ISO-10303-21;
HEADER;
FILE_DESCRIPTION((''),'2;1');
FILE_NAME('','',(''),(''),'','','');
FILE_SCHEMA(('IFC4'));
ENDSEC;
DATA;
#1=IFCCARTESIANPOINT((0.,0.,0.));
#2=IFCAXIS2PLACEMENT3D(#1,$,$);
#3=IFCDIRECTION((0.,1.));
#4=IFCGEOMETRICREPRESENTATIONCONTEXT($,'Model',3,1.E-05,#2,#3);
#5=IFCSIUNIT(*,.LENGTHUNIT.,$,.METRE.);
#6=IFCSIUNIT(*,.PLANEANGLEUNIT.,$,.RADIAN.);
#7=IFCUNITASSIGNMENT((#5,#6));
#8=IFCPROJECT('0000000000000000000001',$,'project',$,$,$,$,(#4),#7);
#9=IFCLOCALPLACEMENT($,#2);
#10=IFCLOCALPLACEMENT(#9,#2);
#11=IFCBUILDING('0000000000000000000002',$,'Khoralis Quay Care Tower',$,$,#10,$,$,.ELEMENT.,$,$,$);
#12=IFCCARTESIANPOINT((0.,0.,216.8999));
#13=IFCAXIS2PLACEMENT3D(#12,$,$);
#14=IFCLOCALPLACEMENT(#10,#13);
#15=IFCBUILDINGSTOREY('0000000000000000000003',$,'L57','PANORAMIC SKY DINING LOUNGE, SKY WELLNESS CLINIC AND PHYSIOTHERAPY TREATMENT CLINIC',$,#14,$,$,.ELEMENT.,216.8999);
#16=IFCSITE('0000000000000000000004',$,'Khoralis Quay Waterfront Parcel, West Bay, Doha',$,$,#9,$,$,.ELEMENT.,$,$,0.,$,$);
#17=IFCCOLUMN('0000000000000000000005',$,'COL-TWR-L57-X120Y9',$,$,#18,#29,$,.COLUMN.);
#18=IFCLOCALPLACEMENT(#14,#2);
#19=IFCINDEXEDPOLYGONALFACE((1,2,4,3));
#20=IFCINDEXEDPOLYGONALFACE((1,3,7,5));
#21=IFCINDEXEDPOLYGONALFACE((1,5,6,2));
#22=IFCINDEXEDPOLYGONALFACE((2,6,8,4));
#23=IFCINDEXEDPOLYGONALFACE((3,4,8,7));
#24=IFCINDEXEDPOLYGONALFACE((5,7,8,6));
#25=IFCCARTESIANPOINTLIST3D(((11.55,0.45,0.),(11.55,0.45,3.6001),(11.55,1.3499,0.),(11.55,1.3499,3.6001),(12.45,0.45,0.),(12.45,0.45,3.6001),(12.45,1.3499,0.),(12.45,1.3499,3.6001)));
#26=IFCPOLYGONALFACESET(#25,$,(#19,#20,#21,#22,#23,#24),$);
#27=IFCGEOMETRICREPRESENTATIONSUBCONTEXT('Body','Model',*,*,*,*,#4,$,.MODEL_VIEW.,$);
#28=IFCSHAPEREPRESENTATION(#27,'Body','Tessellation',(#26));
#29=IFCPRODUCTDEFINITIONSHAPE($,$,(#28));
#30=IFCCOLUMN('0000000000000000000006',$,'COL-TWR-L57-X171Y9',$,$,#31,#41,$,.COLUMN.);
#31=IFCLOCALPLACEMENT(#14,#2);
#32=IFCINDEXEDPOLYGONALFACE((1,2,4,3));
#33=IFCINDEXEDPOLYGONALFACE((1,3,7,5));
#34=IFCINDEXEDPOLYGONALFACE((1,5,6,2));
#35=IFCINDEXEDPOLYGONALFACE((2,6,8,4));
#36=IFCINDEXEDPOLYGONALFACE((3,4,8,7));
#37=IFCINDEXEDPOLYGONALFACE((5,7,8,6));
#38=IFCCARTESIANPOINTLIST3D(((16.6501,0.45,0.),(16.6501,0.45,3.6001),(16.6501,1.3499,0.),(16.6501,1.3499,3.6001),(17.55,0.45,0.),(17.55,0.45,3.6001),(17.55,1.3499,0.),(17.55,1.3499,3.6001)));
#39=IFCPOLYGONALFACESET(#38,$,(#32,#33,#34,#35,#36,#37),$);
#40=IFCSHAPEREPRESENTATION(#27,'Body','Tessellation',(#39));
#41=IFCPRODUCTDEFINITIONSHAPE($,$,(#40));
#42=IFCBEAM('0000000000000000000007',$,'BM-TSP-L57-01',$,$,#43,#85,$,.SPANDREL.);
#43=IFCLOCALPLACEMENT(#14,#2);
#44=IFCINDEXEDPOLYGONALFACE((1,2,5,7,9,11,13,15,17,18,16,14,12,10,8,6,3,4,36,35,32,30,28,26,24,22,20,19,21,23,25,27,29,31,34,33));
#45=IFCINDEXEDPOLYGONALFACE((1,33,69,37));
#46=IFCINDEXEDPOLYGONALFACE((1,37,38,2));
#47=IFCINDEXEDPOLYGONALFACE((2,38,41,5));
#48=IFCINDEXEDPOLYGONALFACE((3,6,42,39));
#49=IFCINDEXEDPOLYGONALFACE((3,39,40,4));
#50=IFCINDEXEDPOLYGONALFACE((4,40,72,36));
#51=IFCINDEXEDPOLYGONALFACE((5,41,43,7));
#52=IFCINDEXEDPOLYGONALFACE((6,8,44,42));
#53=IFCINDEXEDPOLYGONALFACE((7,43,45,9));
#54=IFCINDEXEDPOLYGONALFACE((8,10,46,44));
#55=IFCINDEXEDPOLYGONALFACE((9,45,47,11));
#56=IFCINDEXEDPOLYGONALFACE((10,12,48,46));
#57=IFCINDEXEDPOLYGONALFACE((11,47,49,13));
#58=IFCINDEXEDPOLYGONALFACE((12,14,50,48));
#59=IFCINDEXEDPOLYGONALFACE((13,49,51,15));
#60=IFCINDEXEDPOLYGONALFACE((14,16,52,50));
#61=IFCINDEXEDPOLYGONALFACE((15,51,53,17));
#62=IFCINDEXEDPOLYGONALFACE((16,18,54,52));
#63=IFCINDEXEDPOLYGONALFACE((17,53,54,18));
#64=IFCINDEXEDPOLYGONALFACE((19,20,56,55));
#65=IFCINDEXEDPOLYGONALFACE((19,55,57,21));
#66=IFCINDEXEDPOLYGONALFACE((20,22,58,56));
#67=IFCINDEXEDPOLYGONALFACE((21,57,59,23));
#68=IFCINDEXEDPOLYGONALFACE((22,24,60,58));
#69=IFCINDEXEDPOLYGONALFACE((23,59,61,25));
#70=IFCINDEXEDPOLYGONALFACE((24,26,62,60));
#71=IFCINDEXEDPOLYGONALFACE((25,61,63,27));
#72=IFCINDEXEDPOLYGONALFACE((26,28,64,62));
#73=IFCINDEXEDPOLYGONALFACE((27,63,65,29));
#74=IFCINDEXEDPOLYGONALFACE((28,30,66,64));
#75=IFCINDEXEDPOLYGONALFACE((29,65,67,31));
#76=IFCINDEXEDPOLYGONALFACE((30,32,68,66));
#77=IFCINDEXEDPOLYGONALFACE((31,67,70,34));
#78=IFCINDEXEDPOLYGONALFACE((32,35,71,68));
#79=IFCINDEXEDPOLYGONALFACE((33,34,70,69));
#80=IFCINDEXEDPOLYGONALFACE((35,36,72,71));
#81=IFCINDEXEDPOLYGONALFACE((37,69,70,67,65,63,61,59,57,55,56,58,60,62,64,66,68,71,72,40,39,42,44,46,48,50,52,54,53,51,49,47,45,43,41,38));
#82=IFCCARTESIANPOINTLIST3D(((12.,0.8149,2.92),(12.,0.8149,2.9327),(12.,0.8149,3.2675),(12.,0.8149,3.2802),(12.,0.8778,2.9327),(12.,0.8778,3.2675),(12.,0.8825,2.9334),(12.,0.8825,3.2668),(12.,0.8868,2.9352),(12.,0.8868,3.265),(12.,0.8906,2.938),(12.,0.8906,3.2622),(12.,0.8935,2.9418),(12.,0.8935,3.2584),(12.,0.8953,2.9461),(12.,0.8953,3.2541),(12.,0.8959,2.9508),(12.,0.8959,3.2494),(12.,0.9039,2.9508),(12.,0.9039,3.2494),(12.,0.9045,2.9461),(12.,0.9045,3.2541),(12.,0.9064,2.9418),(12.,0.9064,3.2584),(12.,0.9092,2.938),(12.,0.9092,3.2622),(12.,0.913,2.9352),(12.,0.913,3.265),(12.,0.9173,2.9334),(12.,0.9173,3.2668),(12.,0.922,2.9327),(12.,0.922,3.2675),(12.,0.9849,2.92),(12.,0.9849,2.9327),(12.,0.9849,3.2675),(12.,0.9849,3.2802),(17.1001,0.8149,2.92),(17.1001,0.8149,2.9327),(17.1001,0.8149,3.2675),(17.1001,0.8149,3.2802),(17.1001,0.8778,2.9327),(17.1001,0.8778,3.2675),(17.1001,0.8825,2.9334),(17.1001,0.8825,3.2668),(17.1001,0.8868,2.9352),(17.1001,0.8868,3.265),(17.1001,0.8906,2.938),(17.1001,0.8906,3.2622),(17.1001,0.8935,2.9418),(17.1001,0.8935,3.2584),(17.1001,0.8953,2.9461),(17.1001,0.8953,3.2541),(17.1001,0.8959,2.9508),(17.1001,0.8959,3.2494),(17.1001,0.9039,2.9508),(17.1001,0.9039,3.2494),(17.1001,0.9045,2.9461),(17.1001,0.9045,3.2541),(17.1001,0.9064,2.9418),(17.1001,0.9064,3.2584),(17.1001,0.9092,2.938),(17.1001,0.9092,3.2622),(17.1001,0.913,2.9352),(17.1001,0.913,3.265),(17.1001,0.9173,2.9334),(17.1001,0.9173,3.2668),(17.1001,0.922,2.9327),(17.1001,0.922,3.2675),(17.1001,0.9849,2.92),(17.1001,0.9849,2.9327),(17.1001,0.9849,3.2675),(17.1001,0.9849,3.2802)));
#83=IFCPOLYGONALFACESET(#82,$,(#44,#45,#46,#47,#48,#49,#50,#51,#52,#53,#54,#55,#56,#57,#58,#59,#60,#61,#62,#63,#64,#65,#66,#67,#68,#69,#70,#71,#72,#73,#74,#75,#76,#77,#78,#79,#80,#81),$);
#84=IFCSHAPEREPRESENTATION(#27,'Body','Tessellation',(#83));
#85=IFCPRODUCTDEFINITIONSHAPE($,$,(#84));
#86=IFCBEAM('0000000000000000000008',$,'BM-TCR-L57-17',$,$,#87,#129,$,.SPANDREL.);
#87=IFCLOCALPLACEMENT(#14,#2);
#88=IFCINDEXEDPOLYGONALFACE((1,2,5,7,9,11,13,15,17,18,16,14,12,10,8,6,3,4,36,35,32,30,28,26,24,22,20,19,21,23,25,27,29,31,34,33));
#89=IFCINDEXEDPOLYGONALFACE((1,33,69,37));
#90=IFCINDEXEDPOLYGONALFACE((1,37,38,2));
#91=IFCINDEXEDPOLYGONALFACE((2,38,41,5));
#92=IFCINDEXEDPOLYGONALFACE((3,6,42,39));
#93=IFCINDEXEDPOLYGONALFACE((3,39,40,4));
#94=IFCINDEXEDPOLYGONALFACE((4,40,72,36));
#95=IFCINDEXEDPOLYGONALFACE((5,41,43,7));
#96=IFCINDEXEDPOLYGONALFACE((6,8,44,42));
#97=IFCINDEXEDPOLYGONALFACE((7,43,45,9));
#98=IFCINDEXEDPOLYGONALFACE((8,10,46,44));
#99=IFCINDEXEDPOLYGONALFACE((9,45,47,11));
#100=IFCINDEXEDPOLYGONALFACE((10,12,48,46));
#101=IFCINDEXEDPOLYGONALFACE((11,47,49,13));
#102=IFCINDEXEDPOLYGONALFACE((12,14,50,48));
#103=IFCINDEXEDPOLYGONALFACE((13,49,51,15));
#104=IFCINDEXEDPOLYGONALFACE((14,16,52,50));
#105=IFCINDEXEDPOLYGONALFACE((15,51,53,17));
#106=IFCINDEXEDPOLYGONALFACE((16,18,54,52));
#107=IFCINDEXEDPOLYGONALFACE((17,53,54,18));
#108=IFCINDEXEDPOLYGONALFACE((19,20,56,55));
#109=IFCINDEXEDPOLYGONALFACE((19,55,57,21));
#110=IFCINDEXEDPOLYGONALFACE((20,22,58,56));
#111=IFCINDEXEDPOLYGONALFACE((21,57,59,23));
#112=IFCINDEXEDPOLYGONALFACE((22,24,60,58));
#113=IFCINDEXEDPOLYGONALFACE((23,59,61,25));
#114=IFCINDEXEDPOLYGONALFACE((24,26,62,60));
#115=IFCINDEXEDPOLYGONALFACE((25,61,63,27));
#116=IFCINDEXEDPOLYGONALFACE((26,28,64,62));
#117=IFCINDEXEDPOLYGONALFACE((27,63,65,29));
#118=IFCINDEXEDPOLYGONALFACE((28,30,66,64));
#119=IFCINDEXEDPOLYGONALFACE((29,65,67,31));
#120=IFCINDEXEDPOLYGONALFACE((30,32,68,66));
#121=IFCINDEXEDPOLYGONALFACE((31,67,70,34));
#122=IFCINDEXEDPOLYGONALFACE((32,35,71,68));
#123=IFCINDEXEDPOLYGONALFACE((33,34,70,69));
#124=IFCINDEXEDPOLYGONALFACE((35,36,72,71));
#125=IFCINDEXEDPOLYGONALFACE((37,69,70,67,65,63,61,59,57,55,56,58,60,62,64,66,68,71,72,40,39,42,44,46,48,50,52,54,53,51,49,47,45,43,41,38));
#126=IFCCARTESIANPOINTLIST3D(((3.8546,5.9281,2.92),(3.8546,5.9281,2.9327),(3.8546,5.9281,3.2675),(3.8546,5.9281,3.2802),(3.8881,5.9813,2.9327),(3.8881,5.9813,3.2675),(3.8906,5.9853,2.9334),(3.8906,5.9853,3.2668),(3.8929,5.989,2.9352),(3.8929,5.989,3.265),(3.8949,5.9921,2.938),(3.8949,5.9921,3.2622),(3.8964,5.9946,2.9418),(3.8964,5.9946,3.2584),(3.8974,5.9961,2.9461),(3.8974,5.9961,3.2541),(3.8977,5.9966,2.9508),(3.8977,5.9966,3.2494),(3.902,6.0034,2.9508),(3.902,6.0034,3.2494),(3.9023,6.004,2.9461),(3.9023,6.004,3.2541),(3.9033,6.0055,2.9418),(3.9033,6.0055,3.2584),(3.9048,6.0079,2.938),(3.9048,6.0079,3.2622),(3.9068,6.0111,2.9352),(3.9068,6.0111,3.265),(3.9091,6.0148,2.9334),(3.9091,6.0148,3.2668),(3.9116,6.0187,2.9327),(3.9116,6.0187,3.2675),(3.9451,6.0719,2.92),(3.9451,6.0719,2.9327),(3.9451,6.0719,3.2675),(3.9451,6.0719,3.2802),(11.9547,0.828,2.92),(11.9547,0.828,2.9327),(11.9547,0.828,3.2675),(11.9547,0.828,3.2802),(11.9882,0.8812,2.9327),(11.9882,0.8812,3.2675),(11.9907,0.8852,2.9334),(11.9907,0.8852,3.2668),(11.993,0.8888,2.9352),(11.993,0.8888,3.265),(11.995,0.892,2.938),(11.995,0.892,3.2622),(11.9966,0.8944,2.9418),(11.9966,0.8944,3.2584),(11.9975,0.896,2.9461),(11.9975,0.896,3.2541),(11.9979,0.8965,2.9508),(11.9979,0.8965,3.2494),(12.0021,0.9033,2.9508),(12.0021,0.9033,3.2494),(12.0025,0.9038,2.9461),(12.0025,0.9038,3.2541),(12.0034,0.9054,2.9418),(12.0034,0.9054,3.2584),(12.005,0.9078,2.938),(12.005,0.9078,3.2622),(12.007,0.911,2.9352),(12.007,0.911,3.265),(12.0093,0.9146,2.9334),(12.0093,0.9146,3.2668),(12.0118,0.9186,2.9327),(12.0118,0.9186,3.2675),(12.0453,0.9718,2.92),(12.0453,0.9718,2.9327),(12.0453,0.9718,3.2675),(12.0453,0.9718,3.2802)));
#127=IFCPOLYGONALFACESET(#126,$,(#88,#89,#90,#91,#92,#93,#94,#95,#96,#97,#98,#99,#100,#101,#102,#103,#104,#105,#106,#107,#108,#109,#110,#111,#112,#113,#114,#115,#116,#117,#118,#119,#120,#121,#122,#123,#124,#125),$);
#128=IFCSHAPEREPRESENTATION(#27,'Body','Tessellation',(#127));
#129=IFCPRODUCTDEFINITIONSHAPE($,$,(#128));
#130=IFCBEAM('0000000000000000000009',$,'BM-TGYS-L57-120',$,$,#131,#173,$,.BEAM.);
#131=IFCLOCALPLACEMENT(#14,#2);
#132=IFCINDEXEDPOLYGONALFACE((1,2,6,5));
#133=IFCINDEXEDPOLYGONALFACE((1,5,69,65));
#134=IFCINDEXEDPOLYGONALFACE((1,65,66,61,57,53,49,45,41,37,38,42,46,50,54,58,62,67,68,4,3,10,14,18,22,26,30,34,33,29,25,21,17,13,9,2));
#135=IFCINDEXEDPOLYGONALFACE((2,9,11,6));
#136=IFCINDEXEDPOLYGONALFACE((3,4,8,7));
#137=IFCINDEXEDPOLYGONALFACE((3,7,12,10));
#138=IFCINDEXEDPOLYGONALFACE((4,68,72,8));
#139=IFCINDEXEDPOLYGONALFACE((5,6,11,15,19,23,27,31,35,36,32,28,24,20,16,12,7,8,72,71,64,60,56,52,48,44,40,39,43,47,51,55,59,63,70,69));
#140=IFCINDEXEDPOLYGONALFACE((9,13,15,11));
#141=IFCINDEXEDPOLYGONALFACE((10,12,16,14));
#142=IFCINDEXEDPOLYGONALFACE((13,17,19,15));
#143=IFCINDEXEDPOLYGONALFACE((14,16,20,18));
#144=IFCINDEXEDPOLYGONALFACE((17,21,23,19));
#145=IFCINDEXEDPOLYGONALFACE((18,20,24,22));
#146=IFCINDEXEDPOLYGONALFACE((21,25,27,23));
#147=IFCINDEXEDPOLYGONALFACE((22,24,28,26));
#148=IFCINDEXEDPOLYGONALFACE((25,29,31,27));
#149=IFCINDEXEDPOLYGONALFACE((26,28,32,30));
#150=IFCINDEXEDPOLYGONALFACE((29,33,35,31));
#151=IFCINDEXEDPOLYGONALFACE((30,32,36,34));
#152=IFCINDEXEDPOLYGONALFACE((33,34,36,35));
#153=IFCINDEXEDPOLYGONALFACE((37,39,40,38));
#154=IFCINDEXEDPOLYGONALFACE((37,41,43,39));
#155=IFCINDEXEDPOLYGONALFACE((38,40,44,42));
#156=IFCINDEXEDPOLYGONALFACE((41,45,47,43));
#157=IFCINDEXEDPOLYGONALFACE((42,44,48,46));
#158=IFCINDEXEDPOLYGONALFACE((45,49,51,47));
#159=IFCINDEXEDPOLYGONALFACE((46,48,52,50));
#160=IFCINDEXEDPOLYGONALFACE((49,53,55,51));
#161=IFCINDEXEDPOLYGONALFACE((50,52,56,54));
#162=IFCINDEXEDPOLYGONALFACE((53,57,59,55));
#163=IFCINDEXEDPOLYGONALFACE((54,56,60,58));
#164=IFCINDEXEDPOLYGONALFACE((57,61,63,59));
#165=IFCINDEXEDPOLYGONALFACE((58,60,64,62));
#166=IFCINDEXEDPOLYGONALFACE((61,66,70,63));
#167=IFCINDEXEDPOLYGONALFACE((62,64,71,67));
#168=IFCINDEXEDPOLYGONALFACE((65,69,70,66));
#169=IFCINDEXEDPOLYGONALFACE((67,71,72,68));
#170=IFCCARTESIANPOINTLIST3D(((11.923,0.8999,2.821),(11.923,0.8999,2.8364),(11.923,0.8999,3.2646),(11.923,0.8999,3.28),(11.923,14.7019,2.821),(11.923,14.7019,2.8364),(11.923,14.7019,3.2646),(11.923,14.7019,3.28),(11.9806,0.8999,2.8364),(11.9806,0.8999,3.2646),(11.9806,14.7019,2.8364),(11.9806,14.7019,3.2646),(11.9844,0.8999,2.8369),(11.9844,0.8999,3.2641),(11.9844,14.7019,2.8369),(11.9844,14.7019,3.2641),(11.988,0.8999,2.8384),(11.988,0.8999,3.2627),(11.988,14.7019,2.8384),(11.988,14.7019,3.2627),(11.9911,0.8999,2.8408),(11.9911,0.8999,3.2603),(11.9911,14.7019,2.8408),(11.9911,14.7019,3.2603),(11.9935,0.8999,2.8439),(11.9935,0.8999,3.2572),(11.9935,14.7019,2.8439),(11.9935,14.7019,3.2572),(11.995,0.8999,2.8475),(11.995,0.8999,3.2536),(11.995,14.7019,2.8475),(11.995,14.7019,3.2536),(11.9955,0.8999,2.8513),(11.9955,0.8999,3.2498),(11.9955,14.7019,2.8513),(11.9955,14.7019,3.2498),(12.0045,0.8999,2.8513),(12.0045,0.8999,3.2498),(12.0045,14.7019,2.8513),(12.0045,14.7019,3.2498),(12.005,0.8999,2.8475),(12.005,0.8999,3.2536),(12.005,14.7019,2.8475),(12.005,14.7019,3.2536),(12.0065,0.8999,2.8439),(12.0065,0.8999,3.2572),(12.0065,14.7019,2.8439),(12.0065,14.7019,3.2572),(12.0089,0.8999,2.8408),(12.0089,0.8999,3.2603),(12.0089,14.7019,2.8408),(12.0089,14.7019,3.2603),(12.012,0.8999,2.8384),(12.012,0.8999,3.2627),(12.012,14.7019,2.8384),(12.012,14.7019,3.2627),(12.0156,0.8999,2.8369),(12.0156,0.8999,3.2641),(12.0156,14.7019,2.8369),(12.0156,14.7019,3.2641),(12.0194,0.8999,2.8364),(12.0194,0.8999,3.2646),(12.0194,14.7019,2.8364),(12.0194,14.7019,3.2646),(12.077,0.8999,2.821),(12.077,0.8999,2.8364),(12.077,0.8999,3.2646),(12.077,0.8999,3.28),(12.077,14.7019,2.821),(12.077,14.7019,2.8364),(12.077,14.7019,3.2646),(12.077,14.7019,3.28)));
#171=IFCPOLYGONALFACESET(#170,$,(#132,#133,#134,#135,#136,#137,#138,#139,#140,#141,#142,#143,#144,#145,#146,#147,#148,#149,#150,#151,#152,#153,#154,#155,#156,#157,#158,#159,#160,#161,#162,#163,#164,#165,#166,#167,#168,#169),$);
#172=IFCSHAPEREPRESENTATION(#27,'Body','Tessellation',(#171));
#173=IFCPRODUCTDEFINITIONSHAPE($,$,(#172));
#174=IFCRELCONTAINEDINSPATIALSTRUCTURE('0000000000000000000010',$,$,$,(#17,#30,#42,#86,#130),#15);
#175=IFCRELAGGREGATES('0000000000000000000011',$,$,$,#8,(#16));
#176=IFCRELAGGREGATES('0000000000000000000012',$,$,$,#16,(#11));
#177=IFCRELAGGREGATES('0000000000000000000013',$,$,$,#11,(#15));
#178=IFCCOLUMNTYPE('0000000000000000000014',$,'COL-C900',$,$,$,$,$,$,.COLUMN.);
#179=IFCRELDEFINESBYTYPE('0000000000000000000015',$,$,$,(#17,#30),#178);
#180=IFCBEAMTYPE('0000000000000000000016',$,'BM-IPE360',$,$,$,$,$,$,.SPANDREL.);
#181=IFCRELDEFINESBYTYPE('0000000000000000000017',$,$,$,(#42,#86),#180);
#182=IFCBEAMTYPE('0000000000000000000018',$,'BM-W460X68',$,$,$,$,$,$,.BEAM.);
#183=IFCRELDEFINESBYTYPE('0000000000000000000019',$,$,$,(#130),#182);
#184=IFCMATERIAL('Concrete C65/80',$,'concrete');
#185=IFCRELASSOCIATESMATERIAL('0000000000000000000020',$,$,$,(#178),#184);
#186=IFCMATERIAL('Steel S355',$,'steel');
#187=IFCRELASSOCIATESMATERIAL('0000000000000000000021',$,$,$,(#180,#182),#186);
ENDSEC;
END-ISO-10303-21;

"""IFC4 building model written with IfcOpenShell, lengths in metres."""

from ifc_helpers import new_model, si_unit, direction, frame, origin, origin_2d, place, context, subcontext, project, spatial, rectangle, i_section, extrude, source, transform, mapped, material, material_profile, profile_set, type_object, element, save


model = new_model("IFC4")

# Units and contexts
model_context = context("Model", 3, precision=1e-05, world=origin(), true_north=direction((0.0, 1.0)))
body_context = subcontext(model_context, "Body", "Model", "MODEL_VIEW")
ifc_project = project(units=[si_unit("LENGTHUNIT", "METRE"), si_unit("PLANEANGLEUNIT", "RADIAN")], contexts=[model_context])

# Site, building, storey
site_placement = place(None, origin())
site = spatial("IfcSite", under=ifc_project, at=site_placement, Name="Khoralis Quay Waterfront Parcel, West Bay, Doha", CompositionType="ELEMENT", RefElevation=0.0)
building_placement = place(site_placement, origin())
building = spatial("IfcBuilding", under=site, at=building_placement, Name="Khoralis Quay Care Tower", CompositionType="ELEMENT")
storey_placement = place(building_placement, frame((0.0, 0.0, 216.8999)))
storey = spatial("IfcBuildingStorey", under=building, at=storey_placement, Name="L57", Description="PANORAMIC SKY DINING LOUNGE, SKY WELLNESS CLINIC AND PHYSIOTHERAPY TREATMENT CLINIC", CompositionType="ELEMENT", Elevation=216.8999)

# Columns
ifc_material_1 = material(Name="Concrete C65/80", Category="concrete")
ifc_material_profile_1 = material_profile(ifc_material_1, rectangle(XDim=0.8999, YDim=0.8999, at=origin_2d()), Name="Concrete C65/80")
ifc_profile_set_1 = profile_set([ifc_material_profile_1], Name="Concrete C65/80")
column_type = type_object("IfcColumnType", Name="COL-C900", PredefinedType="COLUMN", material=ifc_profile_set_1)
shared_shape_1 = source(origin(), body_context, "Body", "SweptSolid", [
    extrude(rectangle(XDim=0.8999, YDim=0.8999, at=origin_2d()), origin(), (0.0, 0.0, 1.0), 3.6001),
])
for number, where, z_axis, x_axis, name in (
    (1, (12.0, 0.8999, 0.0), (0.0, 0.0, 1.0), (1.0, 0.0, 0.0), "COL-TWR-L57-X120Y9"),
    (2, (17.1001, 0.8999, 0.0), (0.0, 0.0, 1.0), (1.0, 0.0, 0.0), "COL-TWR-L57-X171Y9"),
):
    element("IfcColumn", number, at=place(storey_placement, frame(where, z_axis=z_axis, x_axis=x_axis)), inside=storey, type_object=column_type, Name=name, PredefinedType="COLUMN", context=body_context, shape_type="MappedRepresentation", body=[
        mapped(shared_shape_1, transform((0.0, 0.0, 0.0), scale=1.0)),
    ])

# Beams
ifc_material_2 = material(Name="Steel S355", Category="steel")
ifc_material_profile_2 = material_profile(ifc_material_2, i_section(OverallWidth=0.1699, OverallDepth=0.3601, WebThickness=0.0081, FlangeThickness=0.0127, FilletRadius=0.0181, at=origin_2d()), Name="Steel S355")
ifc_profile_set_2 = profile_set([ifc_material_profile_2], Name="Steel S355")
beam_type_1 = type_object("IfcBeamType", Name="BM-IPE360", PredefinedType="SPANDREL", material=ifc_profile_set_2)
shared_shape_2 = source(origin(), body_context, "Body", "SweptSolid", [
    extrude(i_section(OverallWidth=0.1699, OverallDepth=0.3601, WebThickness=0.0081, FlangeThickness=0.0127, FilletRadius=0.0181, at=origin_2d()), origin(), (0.0, 0.0, 1.0), 5.1001),
])
beam_1_placement = place(storey_placement, frame((12.0, 0.8999, 3.1001), z_axis=(1.0, 0.0, 0.0), x_axis=(0.0, 1.0, 0.0)))
element("IfcBeam", 3, at=beam_1_placement, inside=storey, type_object=beam_type_1, Name="BM-TSP-L57-01", PredefinedType="SPANDREL", context=body_context, shape_type="MappedRepresentation", body=[
    mapped(shared_shape_2, transform((0.0, 0.0, 0.0), scale=1.0)),
])
shared_shape_3 = source(origin(), body_context, "Body", "SweptSolid", [
    extrude(i_section(OverallWidth=0.1699, OverallDepth=0.3601, WebThickness=0.0081, FlangeThickness=0.0127, FilletRadius=0.0181, at=origin_2d()), origin(), (0.0, 0.0, 1.0), 9.572),
])
beam_2_placement = place(storey_placement, frame((12.0, 0.8999, 3.1001), z_axis=(-0.846231, 0.532816, 0.0), x_axis=(-0.532816, -0.846231, 0.0)))
element("IfcBeam", 4, at=beam_2_placement, inside=storey, type_object=beam_type_1, Name="BM-TCR-L57-17", PredefinedType="SPANDREL", context=body_context, shape_type="MappedRepresentation", body=[
    mapped(shared_shape_3, transform((0.0, 0.0, 0.0), scale=1.0)),
])
ifc_material_profile_3 = material_profile(ifc_material_2, i_section(OverallWidth=0.1541, OverallDepth=0.459, WebThickness=0.009, FlangeThickness=0.0154, FilletRadius=0.0149, at=origin_2d()), Name="Steel S355")
ifc_profile_set_3 = profile_set([ifc_material_profile_3], Name="Steel S355")
beam_type_2 = type_object("IfcBeamType", Name="BM-W460X68", PredefinedType="BEAM", material=ifc_profile_set_3)
shared_shape_4 = source(origin(), body_context, "Body", "SweptSolid", [
    extrude(i_section(OverallWidth=0.1541, OverallDepth=0.459, WebThickness=0.009, FlangeThickness=0.0154, FilletRadius=0.0149, at=origin_2d()), origin(), (0.0, 0.0, 1.0), 13.802),
])
beam_3_placement = place(storey_placement, frame((12.0, 0.8999, 3.0505), z_axis=(0.0, 1.0, 0.0), x_axis=(-1.0, 0.0, 0.0)))
element("IfcBeam", 5, at=beam_3_placement, inside=storey, type_object=beam_type_2, Name="BM-TGYS-L57-120", PredefinedType="BEAM", context=body_context, shape_type="MappedRepresentation", body=[
    mapped(shared_shape_4, transform((0.0, 0.0, 0.0), scale=1.0)),
])

save(model, "model.ifc")
